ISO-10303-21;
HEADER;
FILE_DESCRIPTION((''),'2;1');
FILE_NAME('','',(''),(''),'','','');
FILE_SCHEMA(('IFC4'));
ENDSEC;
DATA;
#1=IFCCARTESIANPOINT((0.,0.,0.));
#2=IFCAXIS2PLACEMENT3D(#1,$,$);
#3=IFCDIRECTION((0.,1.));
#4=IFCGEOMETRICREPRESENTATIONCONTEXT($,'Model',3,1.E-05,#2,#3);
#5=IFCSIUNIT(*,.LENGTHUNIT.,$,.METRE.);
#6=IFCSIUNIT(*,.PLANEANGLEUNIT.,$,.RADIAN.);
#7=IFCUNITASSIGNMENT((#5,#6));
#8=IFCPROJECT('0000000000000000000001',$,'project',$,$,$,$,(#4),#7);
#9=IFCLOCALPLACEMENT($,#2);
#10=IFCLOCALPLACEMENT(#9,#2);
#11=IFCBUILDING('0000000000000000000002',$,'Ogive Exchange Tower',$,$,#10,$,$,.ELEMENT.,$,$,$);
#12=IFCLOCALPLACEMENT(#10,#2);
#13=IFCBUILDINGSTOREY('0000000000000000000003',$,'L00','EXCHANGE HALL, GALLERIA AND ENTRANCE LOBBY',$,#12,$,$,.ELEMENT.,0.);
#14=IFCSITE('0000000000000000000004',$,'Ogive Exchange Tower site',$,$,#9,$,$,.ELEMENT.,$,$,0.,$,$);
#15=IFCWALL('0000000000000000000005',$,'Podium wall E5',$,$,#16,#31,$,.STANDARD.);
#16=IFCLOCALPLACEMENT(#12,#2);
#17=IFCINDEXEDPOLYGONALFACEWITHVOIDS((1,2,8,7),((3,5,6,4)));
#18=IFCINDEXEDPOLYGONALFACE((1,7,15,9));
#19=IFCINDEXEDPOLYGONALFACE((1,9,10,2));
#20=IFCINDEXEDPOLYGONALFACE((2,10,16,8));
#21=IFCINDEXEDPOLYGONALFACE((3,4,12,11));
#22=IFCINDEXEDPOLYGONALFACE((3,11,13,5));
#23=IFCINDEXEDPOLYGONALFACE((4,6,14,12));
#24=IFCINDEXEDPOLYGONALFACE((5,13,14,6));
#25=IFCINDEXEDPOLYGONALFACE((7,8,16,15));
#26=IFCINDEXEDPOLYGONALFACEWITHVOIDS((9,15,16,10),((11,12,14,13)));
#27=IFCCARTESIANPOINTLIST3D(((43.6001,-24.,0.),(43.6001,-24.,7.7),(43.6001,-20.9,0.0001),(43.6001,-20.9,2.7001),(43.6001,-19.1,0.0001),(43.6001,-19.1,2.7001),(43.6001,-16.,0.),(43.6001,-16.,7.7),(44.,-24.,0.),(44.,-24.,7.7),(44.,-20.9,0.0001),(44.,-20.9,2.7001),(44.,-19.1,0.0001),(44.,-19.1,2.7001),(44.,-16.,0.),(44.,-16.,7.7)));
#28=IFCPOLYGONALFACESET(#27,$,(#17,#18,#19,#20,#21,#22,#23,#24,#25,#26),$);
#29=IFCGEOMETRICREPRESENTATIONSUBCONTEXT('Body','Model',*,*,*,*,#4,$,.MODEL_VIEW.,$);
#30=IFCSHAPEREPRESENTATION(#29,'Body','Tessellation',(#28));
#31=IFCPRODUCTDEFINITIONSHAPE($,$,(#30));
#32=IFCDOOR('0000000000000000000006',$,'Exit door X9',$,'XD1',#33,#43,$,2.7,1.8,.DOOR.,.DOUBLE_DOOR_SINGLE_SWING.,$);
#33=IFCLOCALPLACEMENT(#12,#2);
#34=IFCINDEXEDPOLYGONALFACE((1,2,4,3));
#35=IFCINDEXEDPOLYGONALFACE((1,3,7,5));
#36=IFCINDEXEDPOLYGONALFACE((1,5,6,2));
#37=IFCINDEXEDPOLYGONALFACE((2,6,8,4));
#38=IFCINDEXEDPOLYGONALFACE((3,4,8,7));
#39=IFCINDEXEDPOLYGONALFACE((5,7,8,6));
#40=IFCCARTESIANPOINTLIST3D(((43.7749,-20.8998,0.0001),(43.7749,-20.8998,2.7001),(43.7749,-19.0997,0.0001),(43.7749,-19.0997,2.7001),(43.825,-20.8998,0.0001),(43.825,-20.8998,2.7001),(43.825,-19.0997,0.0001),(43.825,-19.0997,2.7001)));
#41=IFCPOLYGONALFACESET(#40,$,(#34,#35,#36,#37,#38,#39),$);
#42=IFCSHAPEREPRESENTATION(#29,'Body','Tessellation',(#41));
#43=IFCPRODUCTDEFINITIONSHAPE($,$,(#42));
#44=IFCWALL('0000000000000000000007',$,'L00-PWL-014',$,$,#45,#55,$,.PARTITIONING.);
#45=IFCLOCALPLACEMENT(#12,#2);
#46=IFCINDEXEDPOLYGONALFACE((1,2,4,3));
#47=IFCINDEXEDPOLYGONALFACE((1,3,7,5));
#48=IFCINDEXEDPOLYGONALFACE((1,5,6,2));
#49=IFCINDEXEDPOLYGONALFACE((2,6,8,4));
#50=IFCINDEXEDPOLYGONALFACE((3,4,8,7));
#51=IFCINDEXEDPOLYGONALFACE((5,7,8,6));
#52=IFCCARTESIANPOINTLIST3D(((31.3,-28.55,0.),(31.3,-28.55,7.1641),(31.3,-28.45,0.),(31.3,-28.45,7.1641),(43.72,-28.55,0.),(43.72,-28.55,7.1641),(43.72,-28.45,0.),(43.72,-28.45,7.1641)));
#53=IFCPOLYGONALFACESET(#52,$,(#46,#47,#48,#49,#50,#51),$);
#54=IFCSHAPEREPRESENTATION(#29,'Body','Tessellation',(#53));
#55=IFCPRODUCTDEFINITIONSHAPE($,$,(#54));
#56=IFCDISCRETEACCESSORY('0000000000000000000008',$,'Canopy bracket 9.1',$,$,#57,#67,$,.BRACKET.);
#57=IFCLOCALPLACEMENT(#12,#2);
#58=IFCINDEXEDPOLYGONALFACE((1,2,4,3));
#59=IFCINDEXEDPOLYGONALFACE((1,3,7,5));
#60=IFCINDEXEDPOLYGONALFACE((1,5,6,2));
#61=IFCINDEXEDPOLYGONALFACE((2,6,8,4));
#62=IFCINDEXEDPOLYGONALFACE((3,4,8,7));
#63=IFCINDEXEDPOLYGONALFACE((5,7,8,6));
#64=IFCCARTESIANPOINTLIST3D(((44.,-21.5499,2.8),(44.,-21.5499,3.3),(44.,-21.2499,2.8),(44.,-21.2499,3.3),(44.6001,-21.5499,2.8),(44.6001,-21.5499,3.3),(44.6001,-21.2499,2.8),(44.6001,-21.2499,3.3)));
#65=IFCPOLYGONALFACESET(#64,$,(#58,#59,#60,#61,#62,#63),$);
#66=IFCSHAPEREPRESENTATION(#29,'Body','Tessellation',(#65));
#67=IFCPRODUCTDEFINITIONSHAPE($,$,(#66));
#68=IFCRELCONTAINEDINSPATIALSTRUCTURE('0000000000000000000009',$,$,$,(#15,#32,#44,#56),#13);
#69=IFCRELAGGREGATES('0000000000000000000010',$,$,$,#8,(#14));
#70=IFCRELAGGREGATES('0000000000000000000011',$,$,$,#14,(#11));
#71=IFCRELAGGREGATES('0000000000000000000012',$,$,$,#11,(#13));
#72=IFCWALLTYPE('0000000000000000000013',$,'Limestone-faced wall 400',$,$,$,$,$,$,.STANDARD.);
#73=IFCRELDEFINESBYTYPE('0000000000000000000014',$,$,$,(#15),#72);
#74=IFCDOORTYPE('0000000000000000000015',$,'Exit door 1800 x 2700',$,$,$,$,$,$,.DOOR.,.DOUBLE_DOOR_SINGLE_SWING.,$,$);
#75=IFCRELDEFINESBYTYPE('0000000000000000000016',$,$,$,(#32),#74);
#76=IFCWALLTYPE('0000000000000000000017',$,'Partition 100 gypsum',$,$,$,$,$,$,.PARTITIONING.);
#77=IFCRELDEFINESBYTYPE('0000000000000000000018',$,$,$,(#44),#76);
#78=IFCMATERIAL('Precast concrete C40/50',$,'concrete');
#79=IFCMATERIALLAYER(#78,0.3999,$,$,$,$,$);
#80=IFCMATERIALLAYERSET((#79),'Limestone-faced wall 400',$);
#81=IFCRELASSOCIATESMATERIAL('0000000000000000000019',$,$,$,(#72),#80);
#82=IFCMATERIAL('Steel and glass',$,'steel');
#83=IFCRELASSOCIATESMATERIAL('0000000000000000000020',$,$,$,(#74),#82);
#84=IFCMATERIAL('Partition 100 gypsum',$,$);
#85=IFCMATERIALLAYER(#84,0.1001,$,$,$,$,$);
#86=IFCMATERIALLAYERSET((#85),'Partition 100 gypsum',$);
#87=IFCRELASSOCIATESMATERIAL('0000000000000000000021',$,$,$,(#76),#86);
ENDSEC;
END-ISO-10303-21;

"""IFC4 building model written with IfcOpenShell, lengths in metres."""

from ifc_helpers import new_model, si_unit, direction, frame, frame_2d, origin, origin_2d, place, context, subcontext, project, spatial, rectangle, extrude, material, layer, layer_set, type_object, element, fill, save


model = new_model("IFC4")

# Units and contexts
model_context = context("Model", 3, precision=1e-05, world=origin(), true_north=direction((0.0, 1.0)))
body_context = subcontext(model_context, "Body", "Model", "MODEL_VIEW")
ifc_project = project(units=[si_unit("LENGTHUNIT", "METRE"), si_unit("PLANEANGLEUNIT", "RADIAN")], contexts=[model_context])

# Site, building, storey
site_placement = place(None, origin())
site = spatial("IfcSite", under=ifc_project, at=site_placement, Name="Ogive Exchange Tower site", CompositionType="ELEMENT", RefElevation=0.0)
building_placement = place(site_placement, origin())
building = spatial("IfcBuilding", under=site, at=building_placement, Name="Ogive Exchange Tower", CompositionType="ELEMENT")
storey_placement = place(building_placement, origin())
storey = spatial("IfcBuildingStorey", under=building, at=storey_placement, Name="L00", Description="EXCHANGE HALL, GALLERIA AND ENTRANCE LOBBY", CompositionType="ELEMENT", Elevation=0.0)

# Wall, opening, door
ifc_material_1 = material(Name="Precast concrete C40/50", Category="concrete")
ifc_layer_1 = layer(ifc_material_1, 0.3999)
ifc_layer_set_1 = layer_set([ifc_layer_1], Name="Limestone-faced wall 400")
wall_type_1 = type_object("IfcWallType", Name="Limestone-faced wall 400", PredefinedType="STANDARD", material=ifc_layer_set_1)
wall_1_placement = place(storey_placement, frame((43.8, -24.0, 0.0), z_axis=(0.0, 0.0, 1.0), x_axis=(0.0, 1.0, 0.0)))
wall_1 = element("IfcWall", 1, at=wall_1_placement, inside=storey, type_object=wall_type_1, Name="Podium wall E5", PredefinedType="STANDARD", context=body_context, shape_type="SweptSolid", body=[
    extrude(rectangle(XDim=8.0, YDim=0.3999, at=frame_2d((4.0, 0.0))), origin(), (0.0, 0.0, 1.0), 7.7),
])
opening_placement = place(wall_1_placement, frame((3.1001, 0.0, 0.0)))
opening = element("IfcOpeningElement", 2, at=opening_placement, cuts=wall_1, PredefinedType="OPENING", context=body_context, shape_type="SweptSolid", body=[
    extrude(rectangle(XDim=1.8, YDim=2.7, at=frame_2d((0.8999, 1.3501))), frame((0.0, 0.21, 0.0), z_axis=(0.0, -1.0, 0.0), x_axis=(1.0, 0.0, 0.0)), (0.0, 0.0, 1.0), 0.4199),
])
ifc_material_2 = material(Name="Steel and glass", Category="steel")
door_type = type_object("IfcDoorType", Name="Exit door 1800 x 2700", OperationType="DOUBLE_DOOR_SINGLE_SWING", PredefinedType="DOOR", material=ifc_material_2)
door_placement = place(opening_placement, frame((1.8, 0.0, 0.0), z_axis=(0.0, 0.0, 1.0), x_axis=(-1.0, 0.0, 0.0)))
door = element("IfcDoor", 3, at=door_placement, inside=storey, type_object=door_type, Name="Exit door X9", ObjectType="XD1", OperationType="DOUBLE_DOOR_SINGLE_SWING", OverallHeight=2.7, OverallWidth=1.8, PredefinedType="DOOR", context=body_context, shape_type="SweptSolid", body=[
    extrude(rectangle(XDim=1.8, YDim=2.7, at=frame_2d((0.8999, 1.3501))), frame((0.0, 0.0249, 0.0), z_axis=(0.0, -1.0, 0.0), x_axis=(1.0, 0.0, 0.0)), (0.0, 0.0, 1.0), 0.05),
])
fill(opening, door)

# Wall
ifc_material_3 = material(Name="Partition 100 gypsum")
ifc_layer_2 = layer(ifc_material_3, 0.1001)
ifc_layer_set_2 = layer_set([ifc_layer_2], Name="Partition 100 gypsum")
wall_type_2 = type_object("IfcWallType", Name="Partition 100 gypsum", PredefinedType="PARTITIONING", material=ifc_layer_set_2)
wall_2_placement = place(storey_placement, frame((31.3, -28.5, 0.0), z_axis=(0.0, 0.0, 1.0), x_axis=(1.0, 0.0, 0.0)))
element("IfcWall", 4, at=wall_2_placement, inside=storey, type_object=wall_type_2, Name="L00-PWL-014", PredefinedType="PARTITIONING", context=body_context, shape_type="SweptSolid", body=[
    extrude(rectangle(XDim=12.4199, YDim=0.1001, at=frame_2d((6.21, 0.0))), origin(), (0.0, 0.0, 1.0), 7.1641),
])

# Discrete accessory
discrete_accessory_placement = place(storey_placement, frame((44.3, -21.3999, 2.8), z_axis=(0.0, 0.0, 1.0), x_axis=(0.0, 1.0, 0.0)))
element("IfcDiscreteAccessory", 5, at=discrete_accessory_placement, inside=storey, Name="Canopy bracket 9.1", PredefinedType="BRACKET", context=body_context, shape_type="SweptSolid", body=[
    extrude(rectangle(XDim=0.3, YDim=0.6001, at=origin_2d()), origin(), (0.0, 0.0, 1.0), 0.5),
])

save(model, "model.ifc")
